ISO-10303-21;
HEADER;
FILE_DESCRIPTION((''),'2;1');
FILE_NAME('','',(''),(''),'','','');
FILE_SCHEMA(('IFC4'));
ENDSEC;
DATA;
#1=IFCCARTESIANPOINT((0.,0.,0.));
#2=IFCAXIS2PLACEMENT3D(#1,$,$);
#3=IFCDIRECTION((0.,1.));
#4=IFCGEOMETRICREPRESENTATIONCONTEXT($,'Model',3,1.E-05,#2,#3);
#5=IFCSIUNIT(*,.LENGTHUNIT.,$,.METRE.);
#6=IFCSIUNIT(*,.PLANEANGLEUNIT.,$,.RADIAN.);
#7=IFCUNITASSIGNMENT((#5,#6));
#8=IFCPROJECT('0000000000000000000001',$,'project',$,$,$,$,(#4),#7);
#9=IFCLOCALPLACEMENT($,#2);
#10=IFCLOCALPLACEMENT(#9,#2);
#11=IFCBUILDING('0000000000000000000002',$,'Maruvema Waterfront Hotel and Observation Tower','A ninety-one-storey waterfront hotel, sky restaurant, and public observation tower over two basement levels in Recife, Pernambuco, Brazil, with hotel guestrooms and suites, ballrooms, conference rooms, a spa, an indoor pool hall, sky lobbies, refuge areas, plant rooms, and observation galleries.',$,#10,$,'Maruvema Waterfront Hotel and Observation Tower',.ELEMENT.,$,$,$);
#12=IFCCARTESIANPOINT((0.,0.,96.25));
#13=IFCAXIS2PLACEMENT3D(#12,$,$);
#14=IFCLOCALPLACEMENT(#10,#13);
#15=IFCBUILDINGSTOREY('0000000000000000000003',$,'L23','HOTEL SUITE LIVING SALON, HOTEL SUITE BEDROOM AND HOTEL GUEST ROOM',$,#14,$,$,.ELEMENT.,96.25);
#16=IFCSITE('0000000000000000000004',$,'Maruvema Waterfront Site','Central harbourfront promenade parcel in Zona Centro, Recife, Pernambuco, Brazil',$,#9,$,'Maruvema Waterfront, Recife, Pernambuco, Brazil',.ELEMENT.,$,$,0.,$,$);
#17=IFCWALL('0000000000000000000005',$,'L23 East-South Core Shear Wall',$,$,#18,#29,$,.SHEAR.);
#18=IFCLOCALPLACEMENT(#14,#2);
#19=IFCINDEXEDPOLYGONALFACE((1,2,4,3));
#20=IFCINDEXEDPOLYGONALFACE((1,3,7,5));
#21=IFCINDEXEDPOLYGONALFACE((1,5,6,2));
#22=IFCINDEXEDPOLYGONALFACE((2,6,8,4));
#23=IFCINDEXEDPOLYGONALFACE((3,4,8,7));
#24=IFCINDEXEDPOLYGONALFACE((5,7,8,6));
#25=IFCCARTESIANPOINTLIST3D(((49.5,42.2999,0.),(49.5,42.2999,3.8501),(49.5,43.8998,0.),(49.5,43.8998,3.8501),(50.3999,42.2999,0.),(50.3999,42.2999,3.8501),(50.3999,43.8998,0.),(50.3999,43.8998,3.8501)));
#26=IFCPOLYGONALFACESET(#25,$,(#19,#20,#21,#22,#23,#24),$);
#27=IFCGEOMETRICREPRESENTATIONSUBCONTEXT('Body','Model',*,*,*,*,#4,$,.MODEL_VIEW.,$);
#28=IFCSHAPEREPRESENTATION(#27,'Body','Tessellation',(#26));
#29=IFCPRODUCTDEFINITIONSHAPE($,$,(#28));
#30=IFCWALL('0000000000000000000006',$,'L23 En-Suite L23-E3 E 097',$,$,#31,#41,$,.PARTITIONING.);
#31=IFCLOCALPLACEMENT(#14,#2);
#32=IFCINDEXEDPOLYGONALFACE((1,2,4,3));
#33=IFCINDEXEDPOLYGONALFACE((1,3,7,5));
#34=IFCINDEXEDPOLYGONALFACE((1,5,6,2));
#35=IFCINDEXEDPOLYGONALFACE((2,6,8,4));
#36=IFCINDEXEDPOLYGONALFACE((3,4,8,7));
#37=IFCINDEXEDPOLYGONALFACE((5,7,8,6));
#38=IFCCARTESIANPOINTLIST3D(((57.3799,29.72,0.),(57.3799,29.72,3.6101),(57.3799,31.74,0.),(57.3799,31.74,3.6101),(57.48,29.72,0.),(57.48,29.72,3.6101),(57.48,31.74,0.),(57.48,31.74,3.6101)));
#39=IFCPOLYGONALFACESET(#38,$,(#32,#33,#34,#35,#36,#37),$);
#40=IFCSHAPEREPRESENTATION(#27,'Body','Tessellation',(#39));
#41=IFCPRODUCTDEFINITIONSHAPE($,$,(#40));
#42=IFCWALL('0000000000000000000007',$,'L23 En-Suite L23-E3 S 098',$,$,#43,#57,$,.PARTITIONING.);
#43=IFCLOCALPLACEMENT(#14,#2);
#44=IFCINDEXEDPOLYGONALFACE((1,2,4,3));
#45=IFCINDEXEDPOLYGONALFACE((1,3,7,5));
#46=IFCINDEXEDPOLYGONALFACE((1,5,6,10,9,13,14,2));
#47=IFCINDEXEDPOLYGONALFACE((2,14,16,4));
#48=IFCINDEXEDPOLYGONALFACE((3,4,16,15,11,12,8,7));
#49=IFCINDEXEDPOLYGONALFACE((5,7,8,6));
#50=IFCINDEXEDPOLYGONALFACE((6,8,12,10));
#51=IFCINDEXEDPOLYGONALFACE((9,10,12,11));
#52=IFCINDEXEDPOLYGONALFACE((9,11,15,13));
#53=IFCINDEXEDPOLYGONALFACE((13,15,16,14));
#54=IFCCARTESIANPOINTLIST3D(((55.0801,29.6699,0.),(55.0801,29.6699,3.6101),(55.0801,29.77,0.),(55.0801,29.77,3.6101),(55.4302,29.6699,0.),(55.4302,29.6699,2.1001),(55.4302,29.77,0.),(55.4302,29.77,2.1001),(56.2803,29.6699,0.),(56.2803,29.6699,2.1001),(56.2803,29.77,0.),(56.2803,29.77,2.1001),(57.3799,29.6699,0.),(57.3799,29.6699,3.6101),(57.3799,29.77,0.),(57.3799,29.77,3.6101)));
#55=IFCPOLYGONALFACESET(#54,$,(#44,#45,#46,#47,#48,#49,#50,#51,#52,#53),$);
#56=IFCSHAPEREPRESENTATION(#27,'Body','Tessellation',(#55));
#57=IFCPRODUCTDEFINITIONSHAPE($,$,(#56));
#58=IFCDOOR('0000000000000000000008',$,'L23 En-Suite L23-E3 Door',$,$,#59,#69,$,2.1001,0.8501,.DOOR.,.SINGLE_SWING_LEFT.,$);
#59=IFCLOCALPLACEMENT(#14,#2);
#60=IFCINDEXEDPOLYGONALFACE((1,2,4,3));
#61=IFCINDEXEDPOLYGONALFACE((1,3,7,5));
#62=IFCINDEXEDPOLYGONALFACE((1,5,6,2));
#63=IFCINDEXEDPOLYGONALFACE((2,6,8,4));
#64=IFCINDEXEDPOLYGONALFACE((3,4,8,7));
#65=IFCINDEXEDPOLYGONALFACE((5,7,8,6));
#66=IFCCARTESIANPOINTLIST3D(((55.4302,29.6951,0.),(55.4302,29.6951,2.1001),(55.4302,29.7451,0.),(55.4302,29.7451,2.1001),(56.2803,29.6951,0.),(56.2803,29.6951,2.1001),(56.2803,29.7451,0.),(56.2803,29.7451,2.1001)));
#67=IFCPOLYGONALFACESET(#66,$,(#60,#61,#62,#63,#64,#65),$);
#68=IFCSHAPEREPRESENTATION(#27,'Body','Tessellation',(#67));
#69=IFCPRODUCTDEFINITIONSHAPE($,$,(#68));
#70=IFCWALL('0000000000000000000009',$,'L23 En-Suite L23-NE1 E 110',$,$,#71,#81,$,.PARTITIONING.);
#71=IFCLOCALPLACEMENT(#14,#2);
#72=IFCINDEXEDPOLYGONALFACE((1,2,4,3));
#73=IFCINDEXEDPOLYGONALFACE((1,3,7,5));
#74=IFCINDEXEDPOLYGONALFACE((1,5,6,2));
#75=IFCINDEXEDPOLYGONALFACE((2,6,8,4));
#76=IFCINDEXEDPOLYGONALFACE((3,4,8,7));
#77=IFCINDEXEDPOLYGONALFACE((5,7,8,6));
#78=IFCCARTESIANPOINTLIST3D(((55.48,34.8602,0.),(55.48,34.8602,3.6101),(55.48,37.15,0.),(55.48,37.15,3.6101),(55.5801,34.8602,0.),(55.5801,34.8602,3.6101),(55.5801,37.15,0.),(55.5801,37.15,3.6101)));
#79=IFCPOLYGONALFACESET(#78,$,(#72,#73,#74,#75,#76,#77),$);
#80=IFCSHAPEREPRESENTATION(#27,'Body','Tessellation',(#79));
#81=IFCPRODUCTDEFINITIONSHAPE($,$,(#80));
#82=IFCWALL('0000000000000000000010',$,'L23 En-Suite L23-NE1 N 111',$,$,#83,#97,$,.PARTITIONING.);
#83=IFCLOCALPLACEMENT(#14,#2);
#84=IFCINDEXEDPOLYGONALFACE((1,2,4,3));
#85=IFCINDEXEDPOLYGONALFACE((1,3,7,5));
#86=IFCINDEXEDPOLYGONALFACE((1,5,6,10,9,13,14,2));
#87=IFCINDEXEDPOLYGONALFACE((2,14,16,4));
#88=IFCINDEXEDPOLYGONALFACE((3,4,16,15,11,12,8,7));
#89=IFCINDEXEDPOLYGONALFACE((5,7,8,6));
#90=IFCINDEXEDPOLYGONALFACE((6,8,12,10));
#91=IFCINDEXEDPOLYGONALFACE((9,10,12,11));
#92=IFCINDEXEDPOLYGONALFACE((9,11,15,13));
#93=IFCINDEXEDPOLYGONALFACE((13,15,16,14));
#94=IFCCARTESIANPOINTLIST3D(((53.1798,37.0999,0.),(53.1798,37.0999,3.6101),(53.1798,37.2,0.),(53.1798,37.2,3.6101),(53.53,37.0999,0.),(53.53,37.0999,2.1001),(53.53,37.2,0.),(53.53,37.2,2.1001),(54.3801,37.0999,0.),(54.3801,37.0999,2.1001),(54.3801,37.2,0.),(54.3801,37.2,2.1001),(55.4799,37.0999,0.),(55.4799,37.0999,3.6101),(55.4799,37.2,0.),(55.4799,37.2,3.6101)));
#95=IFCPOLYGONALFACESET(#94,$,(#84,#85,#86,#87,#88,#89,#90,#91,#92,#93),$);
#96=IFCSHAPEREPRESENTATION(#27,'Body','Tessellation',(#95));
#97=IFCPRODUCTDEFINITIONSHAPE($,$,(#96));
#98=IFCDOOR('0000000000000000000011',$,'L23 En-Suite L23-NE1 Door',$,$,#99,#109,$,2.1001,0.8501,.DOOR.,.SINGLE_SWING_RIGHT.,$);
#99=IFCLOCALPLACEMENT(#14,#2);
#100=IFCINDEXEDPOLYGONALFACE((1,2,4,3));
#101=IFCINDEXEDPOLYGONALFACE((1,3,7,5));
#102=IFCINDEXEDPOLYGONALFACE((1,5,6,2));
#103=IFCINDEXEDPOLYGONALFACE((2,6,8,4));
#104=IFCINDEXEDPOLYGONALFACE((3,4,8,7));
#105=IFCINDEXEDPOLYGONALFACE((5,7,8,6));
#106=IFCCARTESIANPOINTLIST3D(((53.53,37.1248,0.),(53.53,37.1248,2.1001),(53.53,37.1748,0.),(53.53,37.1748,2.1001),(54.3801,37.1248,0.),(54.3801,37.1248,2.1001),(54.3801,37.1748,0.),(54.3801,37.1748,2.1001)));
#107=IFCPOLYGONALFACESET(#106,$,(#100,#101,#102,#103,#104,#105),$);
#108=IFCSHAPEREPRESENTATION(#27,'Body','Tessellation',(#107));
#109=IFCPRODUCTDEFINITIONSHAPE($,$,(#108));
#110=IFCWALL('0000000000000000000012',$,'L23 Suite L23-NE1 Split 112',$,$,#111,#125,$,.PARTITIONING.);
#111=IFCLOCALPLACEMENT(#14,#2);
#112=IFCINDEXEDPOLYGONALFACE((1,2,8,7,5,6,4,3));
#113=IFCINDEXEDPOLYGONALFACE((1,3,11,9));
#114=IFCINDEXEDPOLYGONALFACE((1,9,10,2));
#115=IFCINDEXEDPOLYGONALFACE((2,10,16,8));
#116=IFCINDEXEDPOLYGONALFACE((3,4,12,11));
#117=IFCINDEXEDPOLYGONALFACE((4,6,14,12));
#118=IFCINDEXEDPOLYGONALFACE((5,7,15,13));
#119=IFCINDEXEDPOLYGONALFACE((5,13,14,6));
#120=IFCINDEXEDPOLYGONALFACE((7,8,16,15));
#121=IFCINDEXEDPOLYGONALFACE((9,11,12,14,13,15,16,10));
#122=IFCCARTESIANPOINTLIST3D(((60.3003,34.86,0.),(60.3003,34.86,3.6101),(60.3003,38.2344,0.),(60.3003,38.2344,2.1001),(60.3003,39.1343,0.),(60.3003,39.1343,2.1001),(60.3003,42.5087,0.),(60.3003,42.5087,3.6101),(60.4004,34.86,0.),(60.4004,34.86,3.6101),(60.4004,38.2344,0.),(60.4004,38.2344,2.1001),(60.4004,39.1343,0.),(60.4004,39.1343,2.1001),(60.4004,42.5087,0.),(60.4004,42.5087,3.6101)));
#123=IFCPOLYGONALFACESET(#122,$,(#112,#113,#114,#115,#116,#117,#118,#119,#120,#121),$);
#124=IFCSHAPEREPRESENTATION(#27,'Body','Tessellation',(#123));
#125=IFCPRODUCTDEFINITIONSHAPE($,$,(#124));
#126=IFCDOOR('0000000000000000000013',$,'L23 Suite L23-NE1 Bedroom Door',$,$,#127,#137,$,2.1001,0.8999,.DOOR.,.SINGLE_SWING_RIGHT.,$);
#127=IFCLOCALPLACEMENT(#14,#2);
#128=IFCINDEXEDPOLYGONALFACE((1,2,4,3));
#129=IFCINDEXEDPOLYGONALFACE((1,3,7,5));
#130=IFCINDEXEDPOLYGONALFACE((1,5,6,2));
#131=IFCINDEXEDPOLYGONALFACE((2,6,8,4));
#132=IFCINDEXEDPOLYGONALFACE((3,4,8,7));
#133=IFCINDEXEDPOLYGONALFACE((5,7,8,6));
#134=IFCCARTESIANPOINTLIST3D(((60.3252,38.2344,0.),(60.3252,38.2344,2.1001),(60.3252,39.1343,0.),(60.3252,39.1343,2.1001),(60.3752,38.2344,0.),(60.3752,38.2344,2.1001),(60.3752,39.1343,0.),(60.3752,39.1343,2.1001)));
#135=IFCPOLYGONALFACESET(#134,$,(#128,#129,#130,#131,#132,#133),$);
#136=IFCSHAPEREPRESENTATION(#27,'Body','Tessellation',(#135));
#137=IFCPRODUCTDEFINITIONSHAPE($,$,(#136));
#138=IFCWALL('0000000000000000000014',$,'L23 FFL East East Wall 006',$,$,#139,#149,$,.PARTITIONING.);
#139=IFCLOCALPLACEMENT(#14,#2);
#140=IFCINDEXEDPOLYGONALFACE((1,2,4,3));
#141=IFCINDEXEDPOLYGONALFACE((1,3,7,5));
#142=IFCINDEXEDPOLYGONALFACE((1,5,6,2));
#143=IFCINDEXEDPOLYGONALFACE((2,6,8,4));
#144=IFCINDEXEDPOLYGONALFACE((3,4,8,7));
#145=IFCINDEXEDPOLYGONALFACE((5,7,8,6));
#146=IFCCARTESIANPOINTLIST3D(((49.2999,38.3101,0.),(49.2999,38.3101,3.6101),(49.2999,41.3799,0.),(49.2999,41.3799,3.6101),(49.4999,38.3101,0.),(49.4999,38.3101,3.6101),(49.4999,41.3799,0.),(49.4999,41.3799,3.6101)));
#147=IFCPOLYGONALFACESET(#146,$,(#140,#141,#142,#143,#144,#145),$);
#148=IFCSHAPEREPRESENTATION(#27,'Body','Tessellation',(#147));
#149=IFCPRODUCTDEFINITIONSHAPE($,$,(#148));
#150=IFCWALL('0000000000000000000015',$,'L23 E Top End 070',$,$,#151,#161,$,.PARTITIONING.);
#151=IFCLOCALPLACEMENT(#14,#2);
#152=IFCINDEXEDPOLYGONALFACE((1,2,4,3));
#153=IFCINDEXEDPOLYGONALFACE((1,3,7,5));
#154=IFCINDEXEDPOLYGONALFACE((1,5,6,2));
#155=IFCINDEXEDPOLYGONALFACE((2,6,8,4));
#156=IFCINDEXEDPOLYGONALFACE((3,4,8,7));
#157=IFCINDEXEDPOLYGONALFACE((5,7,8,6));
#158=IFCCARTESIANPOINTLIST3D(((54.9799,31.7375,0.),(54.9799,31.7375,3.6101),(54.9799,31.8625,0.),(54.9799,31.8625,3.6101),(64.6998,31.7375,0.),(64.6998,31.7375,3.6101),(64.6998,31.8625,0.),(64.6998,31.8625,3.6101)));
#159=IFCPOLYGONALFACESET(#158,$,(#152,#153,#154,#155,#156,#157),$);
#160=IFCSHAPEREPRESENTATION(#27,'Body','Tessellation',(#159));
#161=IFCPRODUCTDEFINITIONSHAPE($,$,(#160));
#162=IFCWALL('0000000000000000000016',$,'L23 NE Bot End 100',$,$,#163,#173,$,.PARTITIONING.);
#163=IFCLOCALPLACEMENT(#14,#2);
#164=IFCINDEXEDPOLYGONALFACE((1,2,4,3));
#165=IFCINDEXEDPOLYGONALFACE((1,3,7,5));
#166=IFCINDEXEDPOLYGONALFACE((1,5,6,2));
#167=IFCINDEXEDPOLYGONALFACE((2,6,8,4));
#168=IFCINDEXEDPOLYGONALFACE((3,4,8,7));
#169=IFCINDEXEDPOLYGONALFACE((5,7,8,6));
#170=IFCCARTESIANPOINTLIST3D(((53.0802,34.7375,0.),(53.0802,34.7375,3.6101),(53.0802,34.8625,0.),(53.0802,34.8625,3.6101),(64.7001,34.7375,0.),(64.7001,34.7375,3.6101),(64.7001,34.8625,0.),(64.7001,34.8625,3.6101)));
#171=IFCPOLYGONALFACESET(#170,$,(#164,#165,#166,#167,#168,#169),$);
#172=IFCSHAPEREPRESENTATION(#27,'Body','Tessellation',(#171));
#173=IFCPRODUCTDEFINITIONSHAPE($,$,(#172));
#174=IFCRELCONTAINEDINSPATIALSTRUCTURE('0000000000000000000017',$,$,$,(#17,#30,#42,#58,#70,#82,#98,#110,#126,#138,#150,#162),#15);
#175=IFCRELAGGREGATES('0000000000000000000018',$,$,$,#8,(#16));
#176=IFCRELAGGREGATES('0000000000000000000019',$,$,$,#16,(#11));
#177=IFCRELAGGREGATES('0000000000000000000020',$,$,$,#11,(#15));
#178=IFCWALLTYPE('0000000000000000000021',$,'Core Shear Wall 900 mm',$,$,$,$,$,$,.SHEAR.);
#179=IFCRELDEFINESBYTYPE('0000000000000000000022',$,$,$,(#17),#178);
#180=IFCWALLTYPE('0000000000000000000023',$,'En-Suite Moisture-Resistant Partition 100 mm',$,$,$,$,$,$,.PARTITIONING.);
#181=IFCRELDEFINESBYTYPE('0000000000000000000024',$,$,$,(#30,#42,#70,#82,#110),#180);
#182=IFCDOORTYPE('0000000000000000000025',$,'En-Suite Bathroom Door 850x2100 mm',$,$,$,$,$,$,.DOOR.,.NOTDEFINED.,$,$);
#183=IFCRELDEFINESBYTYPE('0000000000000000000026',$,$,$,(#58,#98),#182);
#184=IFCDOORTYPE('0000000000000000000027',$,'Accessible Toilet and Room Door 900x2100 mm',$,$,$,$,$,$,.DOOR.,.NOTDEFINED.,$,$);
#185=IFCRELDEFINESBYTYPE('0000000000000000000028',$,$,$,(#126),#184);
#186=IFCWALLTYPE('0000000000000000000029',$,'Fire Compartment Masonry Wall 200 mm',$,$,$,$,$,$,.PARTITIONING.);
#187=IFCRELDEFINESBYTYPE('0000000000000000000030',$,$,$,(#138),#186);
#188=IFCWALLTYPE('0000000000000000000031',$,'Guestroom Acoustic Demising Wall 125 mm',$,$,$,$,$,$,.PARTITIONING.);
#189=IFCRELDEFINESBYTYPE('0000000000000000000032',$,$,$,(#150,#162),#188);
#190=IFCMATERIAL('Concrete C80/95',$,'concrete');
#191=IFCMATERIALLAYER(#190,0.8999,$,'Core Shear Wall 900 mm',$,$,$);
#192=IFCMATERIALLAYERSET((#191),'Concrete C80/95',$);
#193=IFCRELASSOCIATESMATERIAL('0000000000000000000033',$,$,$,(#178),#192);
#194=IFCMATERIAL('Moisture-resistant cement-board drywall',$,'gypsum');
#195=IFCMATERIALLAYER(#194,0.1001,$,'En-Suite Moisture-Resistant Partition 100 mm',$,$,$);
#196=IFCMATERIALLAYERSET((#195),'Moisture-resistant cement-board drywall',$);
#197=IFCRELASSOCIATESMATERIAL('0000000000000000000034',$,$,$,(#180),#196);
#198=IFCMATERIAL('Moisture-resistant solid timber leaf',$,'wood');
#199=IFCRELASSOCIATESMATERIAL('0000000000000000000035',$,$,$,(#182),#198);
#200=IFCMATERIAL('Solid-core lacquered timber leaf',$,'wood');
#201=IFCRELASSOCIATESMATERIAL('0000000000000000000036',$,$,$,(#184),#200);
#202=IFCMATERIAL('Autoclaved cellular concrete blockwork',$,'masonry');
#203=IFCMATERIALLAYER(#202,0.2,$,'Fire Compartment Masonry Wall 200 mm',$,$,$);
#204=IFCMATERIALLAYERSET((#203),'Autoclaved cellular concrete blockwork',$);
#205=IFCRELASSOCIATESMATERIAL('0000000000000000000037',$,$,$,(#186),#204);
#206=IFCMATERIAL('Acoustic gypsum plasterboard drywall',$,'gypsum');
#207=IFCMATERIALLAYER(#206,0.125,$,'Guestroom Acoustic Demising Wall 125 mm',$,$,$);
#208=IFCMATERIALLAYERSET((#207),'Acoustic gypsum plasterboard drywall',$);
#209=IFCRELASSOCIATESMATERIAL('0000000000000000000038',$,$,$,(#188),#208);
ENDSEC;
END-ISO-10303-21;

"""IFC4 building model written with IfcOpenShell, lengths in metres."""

from ifc_helpers import new_model, si_unit, direction, frame, frame_2d, origin, place, context, subcontext, project, spatial, rectangle, extrude, material, layer, layer_set, type_object, element, fill, save


model = new_model("IFC4")

# Units and contexts
model_context = context("Model", 3, precision=1e-05, world=origin(), true_north=direction((0.0, 1.0)))
body_context = subcontext(model_context, "Body", "Model", "MODEL_VIEW")
ifc_project = project(units=[si_unit("LENGTHUNIT", "METRE"), si_unit("PLANEANGLEUNIT", "RADIAN")], contexts=[model_context])

# Site, building, storey
site_placement = place(None, origin())
site = spatial("IfcSite", under=ifc_project, at=site_placement, Name="Maruvema Waterfront Site", Description="Central harbourfront promenade parcel in Zona Centro, Recife, Pernambuco, Brazil", LongName="Maruvema Waterfront, Recife, Pernambuco, Brazil", CompositionType="ELEMENT", RefElevation=0.0)
building_placement = place(site_placement, origin())
building = spatial("IfcBuilding", under=site, at=building_placement, Name="Maruvema Waterfront Hotel and Observation Tower", Description="A ninety-one-storey waterfront hotel, sky restaurant, and public observation tower over two basement levels in Recife, Pernambuco, Brazil, with hotel guestrooms and suites, ballrooms, conference rooms, a spa, an indoor pool hall, sky lobbies, refuge areas, plant rooms, and observation galleries.", LongName="Maruvema Waterfront Hotel and Observation Tower", CompositionType="ELEMENT")
storey_placement = place(building_placement, frame((0.0, 0.0, 96.25)))
storey = spatial("IfcBuildingStorey", under=building, at=storey_placement, Name="L23", Description="HOTEL SUITE LIVING SALON, HOTEL SUITE BEDROOM AND HOTEL GUEST ROOM", CompositionType="ELEMENT", Elevation=96.25)

# Walls
ifc_material_1 = material(Name="Concrete C80/95", Category="concrete")
ifc_layer_1 = layer(ifc_material_1, 0.8999, Name="Core Shear Wall 900 mm")
ifc_layer_set_1 = layer_set([ifc_layer_1], Name="Concrete C80/95")
wall_type_1 = type_object("IfcWallType", Name="Core Shear Wall 900 mm", PredefinedType="SHEAR", material=ifc_layer_set_1)
wall_1_placement = place(storey_placement, frame((49.95, 42.3, 0.0), z_axis=(0.0, 0.0, 1.0), x_axis=(0.0, 1.0, 0.0)))
element("IfcWall", 1, at=wall_1_placement, inside=storey, type_object=wall_type_1, Name="L23 East-South Core Shear Wall", PredefinedType="SHEAR", context=body_context, shape_type="SweptSolid", body=[
    extrude(rectangle(XDim=1.5999, YDim=0.8999, at=frame_2d((0.7998, 0.0))), origin(), (0.0, 0.0, 1.0), 3.8501),
])
ifc_material_2 = material(Name="Moisture-resistant cement-board drywall", Category="gypsum")
ifc_layer_2 = layer(ifc_material_2, 0.1001, Name="En-Suite Moisture-Resistant Partition 100 mm")
ifc_layer_set_2 = layer_set([ifc_layer_2], Name="Moisture-resistant cement-board drywall")
wall_type_2 = type_object("IfcWallType", Name="En-Suite Moisture-Resistant Partition 100 mm", PredefinedType="PARTITIONING", material=ifc_layer_set_2)
wall_2_placement = place(storey_placement, frame((57.4299, 29.72, 0.0), z_axis=(0.0, 0.0, 1.0), x_axis=(0.0, 1.0, 0.0)))
element("IfcWall", 2, at=wall_2_placement, inside=storey, type_object=wall_type_2, Name="L23 En-Suite L23-E3 E 097", PredefinedType="PARTITIONING", context=body_context, shape_type="SweptSolid", body=[
    extrude(rectangle(XDim=2.02, YDim=0.1001, at=frame_2d((1.01, 0.0))), origin(), (0.0, 0.0, 1.0), 3.6101),
])

# Wall, opening, door
wall_3_placement = place(storey_placement, frame((55.0801, 29.72, 0.0), z_axis=(0.0, 0.0, 1.0), x_axis=(1.0, 0.0, 0.0)))
wall_3 = element("IfcWall", 3, at=wall_3_placement, inside=storey, type_object=wall_type_2, Name="L23 En-Suite L23-E3 S 098", PredefinedType="PARTITIONING", context=body_context, shape_type="SweptSolid", body=[
    extrude(rectangle(XDim=2.2998, YDim=0.1001, at=frame_2d((1.1499, 0.0))), origin(), (0.0, 0.0, 1.0), 3.6101),
])
opening_1_placement = place(wall_3_placement, frame((0.3501, 0.0, 0.0)))
opening_1 = element("IfcOpeningElement", 4, at=opening_1_placement, cuts=wall_3, PredefinedType="OPENING", context=body_context, shape_type="SweptSolid", body=[
    extrude(rectangle(XDim=0.8501, YDim=2.1001, at=frame_2d((0.425, 1.05))), frame((0.0, 0.0601, 0.0), z_axis=(0.0, -1.0, 0.0), x_axis=(1.0, 0.0, 0.0)), (0.0, 0.0, 1.0), 0.1201),
])
ifc_material_3 = material(Name="Moisture-resistant solid timber leaf", Category="wood")
door_type_1 = type_object("IfcDoorType", Name="En-Suite Bathroom Door 850x2100 mm", OperationType="NOTDEFINED", PredefinedType="DOOR", material=ifc_material_3)
door_1_placement = place(opening_1_placement, frame((0.8501, 0.0, 0.0), z_axis=(0.0, 0.0, 1.0), x_axis=(-1.0, 0.0, 0.0)))
door_1 = element("IfcDoor", 5, at=door_1_placement, inside=storey, type_object=door_type_1, Name="L23 En-Suite L23-E3 Door", OperationType="SINGLE_SWING_LEFT", OverallHeight=2.1001, OverallWidth=0.8501, PredefinedType="DOOR", context=body_context, shape_type="SweptSolid", body=[
    extrude(rectangle(XDim=0.8501, YDim=2.1001, at=frame_2d((0.425, 1.05))), frame((0.0, 0.0249, 0.0), z_axis=(0.0, -1.0, 0.0), x_axis=(1.0, 0.0, 0.0)), (0.0, 0.0, 1.0), 0.05),
])
fill(opening_1, door_1)

# Wall
wall_4_placement = place(storey_placement, frame((55.53, 34.8601, 0.0), z_axis=(0.0, 0.0, 1.0), x_axis=(0.0, 1.0, 0.0)))
element("IfcWall", 6, at=wall_4_placement, inside=storey, type_object=wall_type_2, Name="L23 En-Suite L23-NE1 E 110", PredefinedType="PARTITIONING", context=body_context, shape_type="SweptSolid", body=[
    extrude(rectangle(XDim=2.2898, YDim=0.1001, at=frame_2d((1.145, 0.0))), origin(), (0.0, 0.0, 1.0), 3.6101),
])

# Walls, openings, doors
wall_5_placement = place(storey_placement, frame((53.1799, 37.1499, 0.0), z_axis=(0.0, 0.0, 1.0), x_axis=(1.0, 0.0, 0.0)))
wall_5 = element("IfcWall", 7, at=wall_5_placement, inside=storey, type_object=wall_type_2, Name="L23 En-Suite L23-NE1 N 111", PredefinedType="PARTITIONING", context=body_context, shape_type="SweptSolid", body=[
    extrude(rectangle(XDim=2.3, YDim=0.1001, at=frame_2d((1.1499, 0.0))), origin(), (0.0, 0.0, 1.0), 3.6101),
])
opening_2_placement = place(wall_5_placement, frame((0.3501, 0.0, 0.0)))
opening_2 = element("IfcOpeningElement", 8, at=opening_2_placement, cuts=wall_5, PredefinedType="OPENING", context=body_context, shape_type="SweptSolid", body=[
    extrude(rectangle(XDim=0.8501, YDim=2.1001, at=frame_2d((0.425, 1.05))), frame((0.0, 0.0601, 0.0), z_axis=(0.0, -1.0, 0.0), x_axis=(1.0, 0.0, 0.0)), (0.0, 0.0, 1.0), 0.1201),
])
door_2_placement = place(opening_2_placement, origin())
door_2 = element("IfcDoor", 9, at=door_2_placement, inside=storey, type_object=door_type_1, Name="L23 En-Suite L23-NE1 Door", OperationType="SINGLE_SWING_RIGHT", OverallHeight=2.1001, OverallWidth=0.8501, PredefinedType="DOOR", context=body_context, shape_type="SweptSolid", body=[
    extrude(rectangle(XDim=0.8501, YDim=2.1001, at=frame_2d((0.425, 1.05))), frame((0.0, 0.0249, 0.0), z_axis=(0.0, -1.0, 0.0), x_axis=(1.0, 0.0, 0.0)), (0.0, 0.0, 1.0), 0.05),
])
fill(opening_2, door_2)
wall_6_placement = place(storey_placement, frame((60.3503, 34.8601, 0.0), z_axis=(0.0, 0.0, 1.0), x_axis=(0.0, 1.0, 0.0)))
wall_6 = element("IfcWall", 10, at=wall_6_placement, inside=storey, type_object=wall_type_2, Name="L23 Suite L23-NE1 Split 112", PredefinedType="PARTITIONING", context=body_context, shape_type="SweptSolid", body=[
    extrude(rectangle(XDim=7.6487, YDim=0.1001, at=frame_2d((3.8242, 0.0))), origin(), (0.0, 0.0, 1.0), 3.6101),
])
opening_3_placement = place(wall_6_placement, frame((3.3743, 0.0, 0.0)))
opening_3 = element("IfcOpeningElement", 11, at=opening_3_placement, cuts=wall_6, PredefinedType="OPENING", context=body_context, shape_type="SweptSolid", body=[
    extrude(rectangle(XDim=0.8999, YDim=2.1001, at=frame_2d((0.45, 1.05))), frame((0.0, 0.0601, 0.0), z_axis=(0.0, -1.0, 0.0), x_axis=(1.0, 0.0, 0.0)), (0.0, 0.0, 1.0), 0.1201),
])
ifc_material_4 = material(Name="Solid-core lacquered timber leaf", Category="wood")
door_type_2 = type_object("IfcDoorType", Name="Accessible Toilet and Room Door 900x2100 mm", OperationType="NOTDEFINED", PredefinedType="DOOR", material=ifc_material_4)
door_3_placement = place(opening_3_placement, frame((0.8999, 0.0, 0.0), z_axis=(0.0, 0.0, 1.0), x_axis=(-1.0, 0.0, 0.0)))
door_3 = element("IfcDoor", 12, at=door_3_placement, inside=storey, type_object=door_type_2, Name="L23 Suite L23-NE1 Bedroom Door", OperationType="SINGLE_SWING_RIGHT", OverallHeight=2.1001, OverallWidth=0.8999, PredefinedType="DOOR", context=body_context, shape_type="SweptSolid", body=[
    extrude(rectangle(XDim=0.8999, YDim=2.1001, at=frame_2d((0.45, 1.05))), frame((0.0, 0.0249, 0.0), z_axis=(0.0, -1.0, 0.0), x_axis=(1.0, 0.0, 0.0)), (0.0, 0.0, 1.0), 0.05),
])
fill(opening_3, door_3)

# Walls
ifc_material_5 = material(Name="Autoclaved cellular concrete blockwork", Category="masonry")
ifc_layer_3 = layer(ifc_material_5, 0.2, Name="Fire Compartment Masonry Wall 200 mm")
ifc_layer_set_3 = layer_set([ifc_layer_3], Name="Autoclaved cellular concrete blockwork")
wall_type_3 = type_object("IfcWallType", Name="Fire Compartment Masonry Wall 200 mm", PredefinedType="PARTITIONING", material=ifc_layer_set_3)
wall_7_placement = place(storey_placement, frame((49.3999, 38.3101, 0.0), z_axis=(0.0, 0.0, 1.0), x_axis=(0.0, 1.0, 0.0)))
element("IfcWall", 13, at=wall_7_placement, inside=storey, type_object=wall_type_3, Name="L23 FFL East East Wall 006", PredefinedType="PARTITIONING", context=body_context, shape_type="SweptSolid", body=[
    extrude(rectangle(XDim=3.0698, YDim=0.2, at=frame_2d((1.5349, 0.0))), origin(), (0.0, 0.0, 1.0), 3.6101),
])
ifc_material_6 = material(Name="Acoustic gypsum plasterboard drywall", Category="gypsum")
ifc_layer_4 = layer(ifc_material_6, 0.125, Name="Guestroom Acoustic Demising Wall 125 mm")
ifc_layer_set_4 = layer_set([ifc_layer_4], Name="Acoustic gypsum plasterboard drywall")
wall_type_4 = type_object("IfcWallType", Name="Guestroom Acoustic Demising Wall 125 mm", PredefinedType="PARTITIONING", material=ifc_layer_set_4)
wall_8_placement = place(storey_placement, frame((54.98, 31.8, 0.0), z_axis=(0.0, 0.0, 1.0), x_axis=(1.0, 0.0, 0.0)))
element("IfcWall", 14, at=wall_8_placement, inside=storey, type_object=wall_type_4, Name="L23 E Top End 070", PredefinedType="PARTITIONING", context=body_context, shape_type="SweptSolid", body=[
    extrude(rectangle(XDim=9.72, YDim=0.125, at=frame_2d((4.8599, 0.0))), origin(), (0.0, 0.0, 1.0), 3.6101),
])
for number, where, z_axis, x_axis, name in (
    (15, (53.0801, 34.8, 0.0), (0.0, 0.0, 1.0), (1.0, 0.0, 0.0), "L23 NE Bot End 100"),
):
    element("IfcWall", number, at=place(storey_placement, frame(where, z_axis=z_axis, x_axis=x_axis)), inside=storey, type_object=wall_type_4, Name=name, PredefinedType="PARTITIONING", context=body_context, shape_type="SweptSolid", body=[
        extrude(rectangle(XDim=11.6199, YDim=0.125, at=frame_2d((5.8101, 0.0))), origin(), (0.0, 0.0, 1.0), 3.6101),
    ])

save(model, "model.ifc")
